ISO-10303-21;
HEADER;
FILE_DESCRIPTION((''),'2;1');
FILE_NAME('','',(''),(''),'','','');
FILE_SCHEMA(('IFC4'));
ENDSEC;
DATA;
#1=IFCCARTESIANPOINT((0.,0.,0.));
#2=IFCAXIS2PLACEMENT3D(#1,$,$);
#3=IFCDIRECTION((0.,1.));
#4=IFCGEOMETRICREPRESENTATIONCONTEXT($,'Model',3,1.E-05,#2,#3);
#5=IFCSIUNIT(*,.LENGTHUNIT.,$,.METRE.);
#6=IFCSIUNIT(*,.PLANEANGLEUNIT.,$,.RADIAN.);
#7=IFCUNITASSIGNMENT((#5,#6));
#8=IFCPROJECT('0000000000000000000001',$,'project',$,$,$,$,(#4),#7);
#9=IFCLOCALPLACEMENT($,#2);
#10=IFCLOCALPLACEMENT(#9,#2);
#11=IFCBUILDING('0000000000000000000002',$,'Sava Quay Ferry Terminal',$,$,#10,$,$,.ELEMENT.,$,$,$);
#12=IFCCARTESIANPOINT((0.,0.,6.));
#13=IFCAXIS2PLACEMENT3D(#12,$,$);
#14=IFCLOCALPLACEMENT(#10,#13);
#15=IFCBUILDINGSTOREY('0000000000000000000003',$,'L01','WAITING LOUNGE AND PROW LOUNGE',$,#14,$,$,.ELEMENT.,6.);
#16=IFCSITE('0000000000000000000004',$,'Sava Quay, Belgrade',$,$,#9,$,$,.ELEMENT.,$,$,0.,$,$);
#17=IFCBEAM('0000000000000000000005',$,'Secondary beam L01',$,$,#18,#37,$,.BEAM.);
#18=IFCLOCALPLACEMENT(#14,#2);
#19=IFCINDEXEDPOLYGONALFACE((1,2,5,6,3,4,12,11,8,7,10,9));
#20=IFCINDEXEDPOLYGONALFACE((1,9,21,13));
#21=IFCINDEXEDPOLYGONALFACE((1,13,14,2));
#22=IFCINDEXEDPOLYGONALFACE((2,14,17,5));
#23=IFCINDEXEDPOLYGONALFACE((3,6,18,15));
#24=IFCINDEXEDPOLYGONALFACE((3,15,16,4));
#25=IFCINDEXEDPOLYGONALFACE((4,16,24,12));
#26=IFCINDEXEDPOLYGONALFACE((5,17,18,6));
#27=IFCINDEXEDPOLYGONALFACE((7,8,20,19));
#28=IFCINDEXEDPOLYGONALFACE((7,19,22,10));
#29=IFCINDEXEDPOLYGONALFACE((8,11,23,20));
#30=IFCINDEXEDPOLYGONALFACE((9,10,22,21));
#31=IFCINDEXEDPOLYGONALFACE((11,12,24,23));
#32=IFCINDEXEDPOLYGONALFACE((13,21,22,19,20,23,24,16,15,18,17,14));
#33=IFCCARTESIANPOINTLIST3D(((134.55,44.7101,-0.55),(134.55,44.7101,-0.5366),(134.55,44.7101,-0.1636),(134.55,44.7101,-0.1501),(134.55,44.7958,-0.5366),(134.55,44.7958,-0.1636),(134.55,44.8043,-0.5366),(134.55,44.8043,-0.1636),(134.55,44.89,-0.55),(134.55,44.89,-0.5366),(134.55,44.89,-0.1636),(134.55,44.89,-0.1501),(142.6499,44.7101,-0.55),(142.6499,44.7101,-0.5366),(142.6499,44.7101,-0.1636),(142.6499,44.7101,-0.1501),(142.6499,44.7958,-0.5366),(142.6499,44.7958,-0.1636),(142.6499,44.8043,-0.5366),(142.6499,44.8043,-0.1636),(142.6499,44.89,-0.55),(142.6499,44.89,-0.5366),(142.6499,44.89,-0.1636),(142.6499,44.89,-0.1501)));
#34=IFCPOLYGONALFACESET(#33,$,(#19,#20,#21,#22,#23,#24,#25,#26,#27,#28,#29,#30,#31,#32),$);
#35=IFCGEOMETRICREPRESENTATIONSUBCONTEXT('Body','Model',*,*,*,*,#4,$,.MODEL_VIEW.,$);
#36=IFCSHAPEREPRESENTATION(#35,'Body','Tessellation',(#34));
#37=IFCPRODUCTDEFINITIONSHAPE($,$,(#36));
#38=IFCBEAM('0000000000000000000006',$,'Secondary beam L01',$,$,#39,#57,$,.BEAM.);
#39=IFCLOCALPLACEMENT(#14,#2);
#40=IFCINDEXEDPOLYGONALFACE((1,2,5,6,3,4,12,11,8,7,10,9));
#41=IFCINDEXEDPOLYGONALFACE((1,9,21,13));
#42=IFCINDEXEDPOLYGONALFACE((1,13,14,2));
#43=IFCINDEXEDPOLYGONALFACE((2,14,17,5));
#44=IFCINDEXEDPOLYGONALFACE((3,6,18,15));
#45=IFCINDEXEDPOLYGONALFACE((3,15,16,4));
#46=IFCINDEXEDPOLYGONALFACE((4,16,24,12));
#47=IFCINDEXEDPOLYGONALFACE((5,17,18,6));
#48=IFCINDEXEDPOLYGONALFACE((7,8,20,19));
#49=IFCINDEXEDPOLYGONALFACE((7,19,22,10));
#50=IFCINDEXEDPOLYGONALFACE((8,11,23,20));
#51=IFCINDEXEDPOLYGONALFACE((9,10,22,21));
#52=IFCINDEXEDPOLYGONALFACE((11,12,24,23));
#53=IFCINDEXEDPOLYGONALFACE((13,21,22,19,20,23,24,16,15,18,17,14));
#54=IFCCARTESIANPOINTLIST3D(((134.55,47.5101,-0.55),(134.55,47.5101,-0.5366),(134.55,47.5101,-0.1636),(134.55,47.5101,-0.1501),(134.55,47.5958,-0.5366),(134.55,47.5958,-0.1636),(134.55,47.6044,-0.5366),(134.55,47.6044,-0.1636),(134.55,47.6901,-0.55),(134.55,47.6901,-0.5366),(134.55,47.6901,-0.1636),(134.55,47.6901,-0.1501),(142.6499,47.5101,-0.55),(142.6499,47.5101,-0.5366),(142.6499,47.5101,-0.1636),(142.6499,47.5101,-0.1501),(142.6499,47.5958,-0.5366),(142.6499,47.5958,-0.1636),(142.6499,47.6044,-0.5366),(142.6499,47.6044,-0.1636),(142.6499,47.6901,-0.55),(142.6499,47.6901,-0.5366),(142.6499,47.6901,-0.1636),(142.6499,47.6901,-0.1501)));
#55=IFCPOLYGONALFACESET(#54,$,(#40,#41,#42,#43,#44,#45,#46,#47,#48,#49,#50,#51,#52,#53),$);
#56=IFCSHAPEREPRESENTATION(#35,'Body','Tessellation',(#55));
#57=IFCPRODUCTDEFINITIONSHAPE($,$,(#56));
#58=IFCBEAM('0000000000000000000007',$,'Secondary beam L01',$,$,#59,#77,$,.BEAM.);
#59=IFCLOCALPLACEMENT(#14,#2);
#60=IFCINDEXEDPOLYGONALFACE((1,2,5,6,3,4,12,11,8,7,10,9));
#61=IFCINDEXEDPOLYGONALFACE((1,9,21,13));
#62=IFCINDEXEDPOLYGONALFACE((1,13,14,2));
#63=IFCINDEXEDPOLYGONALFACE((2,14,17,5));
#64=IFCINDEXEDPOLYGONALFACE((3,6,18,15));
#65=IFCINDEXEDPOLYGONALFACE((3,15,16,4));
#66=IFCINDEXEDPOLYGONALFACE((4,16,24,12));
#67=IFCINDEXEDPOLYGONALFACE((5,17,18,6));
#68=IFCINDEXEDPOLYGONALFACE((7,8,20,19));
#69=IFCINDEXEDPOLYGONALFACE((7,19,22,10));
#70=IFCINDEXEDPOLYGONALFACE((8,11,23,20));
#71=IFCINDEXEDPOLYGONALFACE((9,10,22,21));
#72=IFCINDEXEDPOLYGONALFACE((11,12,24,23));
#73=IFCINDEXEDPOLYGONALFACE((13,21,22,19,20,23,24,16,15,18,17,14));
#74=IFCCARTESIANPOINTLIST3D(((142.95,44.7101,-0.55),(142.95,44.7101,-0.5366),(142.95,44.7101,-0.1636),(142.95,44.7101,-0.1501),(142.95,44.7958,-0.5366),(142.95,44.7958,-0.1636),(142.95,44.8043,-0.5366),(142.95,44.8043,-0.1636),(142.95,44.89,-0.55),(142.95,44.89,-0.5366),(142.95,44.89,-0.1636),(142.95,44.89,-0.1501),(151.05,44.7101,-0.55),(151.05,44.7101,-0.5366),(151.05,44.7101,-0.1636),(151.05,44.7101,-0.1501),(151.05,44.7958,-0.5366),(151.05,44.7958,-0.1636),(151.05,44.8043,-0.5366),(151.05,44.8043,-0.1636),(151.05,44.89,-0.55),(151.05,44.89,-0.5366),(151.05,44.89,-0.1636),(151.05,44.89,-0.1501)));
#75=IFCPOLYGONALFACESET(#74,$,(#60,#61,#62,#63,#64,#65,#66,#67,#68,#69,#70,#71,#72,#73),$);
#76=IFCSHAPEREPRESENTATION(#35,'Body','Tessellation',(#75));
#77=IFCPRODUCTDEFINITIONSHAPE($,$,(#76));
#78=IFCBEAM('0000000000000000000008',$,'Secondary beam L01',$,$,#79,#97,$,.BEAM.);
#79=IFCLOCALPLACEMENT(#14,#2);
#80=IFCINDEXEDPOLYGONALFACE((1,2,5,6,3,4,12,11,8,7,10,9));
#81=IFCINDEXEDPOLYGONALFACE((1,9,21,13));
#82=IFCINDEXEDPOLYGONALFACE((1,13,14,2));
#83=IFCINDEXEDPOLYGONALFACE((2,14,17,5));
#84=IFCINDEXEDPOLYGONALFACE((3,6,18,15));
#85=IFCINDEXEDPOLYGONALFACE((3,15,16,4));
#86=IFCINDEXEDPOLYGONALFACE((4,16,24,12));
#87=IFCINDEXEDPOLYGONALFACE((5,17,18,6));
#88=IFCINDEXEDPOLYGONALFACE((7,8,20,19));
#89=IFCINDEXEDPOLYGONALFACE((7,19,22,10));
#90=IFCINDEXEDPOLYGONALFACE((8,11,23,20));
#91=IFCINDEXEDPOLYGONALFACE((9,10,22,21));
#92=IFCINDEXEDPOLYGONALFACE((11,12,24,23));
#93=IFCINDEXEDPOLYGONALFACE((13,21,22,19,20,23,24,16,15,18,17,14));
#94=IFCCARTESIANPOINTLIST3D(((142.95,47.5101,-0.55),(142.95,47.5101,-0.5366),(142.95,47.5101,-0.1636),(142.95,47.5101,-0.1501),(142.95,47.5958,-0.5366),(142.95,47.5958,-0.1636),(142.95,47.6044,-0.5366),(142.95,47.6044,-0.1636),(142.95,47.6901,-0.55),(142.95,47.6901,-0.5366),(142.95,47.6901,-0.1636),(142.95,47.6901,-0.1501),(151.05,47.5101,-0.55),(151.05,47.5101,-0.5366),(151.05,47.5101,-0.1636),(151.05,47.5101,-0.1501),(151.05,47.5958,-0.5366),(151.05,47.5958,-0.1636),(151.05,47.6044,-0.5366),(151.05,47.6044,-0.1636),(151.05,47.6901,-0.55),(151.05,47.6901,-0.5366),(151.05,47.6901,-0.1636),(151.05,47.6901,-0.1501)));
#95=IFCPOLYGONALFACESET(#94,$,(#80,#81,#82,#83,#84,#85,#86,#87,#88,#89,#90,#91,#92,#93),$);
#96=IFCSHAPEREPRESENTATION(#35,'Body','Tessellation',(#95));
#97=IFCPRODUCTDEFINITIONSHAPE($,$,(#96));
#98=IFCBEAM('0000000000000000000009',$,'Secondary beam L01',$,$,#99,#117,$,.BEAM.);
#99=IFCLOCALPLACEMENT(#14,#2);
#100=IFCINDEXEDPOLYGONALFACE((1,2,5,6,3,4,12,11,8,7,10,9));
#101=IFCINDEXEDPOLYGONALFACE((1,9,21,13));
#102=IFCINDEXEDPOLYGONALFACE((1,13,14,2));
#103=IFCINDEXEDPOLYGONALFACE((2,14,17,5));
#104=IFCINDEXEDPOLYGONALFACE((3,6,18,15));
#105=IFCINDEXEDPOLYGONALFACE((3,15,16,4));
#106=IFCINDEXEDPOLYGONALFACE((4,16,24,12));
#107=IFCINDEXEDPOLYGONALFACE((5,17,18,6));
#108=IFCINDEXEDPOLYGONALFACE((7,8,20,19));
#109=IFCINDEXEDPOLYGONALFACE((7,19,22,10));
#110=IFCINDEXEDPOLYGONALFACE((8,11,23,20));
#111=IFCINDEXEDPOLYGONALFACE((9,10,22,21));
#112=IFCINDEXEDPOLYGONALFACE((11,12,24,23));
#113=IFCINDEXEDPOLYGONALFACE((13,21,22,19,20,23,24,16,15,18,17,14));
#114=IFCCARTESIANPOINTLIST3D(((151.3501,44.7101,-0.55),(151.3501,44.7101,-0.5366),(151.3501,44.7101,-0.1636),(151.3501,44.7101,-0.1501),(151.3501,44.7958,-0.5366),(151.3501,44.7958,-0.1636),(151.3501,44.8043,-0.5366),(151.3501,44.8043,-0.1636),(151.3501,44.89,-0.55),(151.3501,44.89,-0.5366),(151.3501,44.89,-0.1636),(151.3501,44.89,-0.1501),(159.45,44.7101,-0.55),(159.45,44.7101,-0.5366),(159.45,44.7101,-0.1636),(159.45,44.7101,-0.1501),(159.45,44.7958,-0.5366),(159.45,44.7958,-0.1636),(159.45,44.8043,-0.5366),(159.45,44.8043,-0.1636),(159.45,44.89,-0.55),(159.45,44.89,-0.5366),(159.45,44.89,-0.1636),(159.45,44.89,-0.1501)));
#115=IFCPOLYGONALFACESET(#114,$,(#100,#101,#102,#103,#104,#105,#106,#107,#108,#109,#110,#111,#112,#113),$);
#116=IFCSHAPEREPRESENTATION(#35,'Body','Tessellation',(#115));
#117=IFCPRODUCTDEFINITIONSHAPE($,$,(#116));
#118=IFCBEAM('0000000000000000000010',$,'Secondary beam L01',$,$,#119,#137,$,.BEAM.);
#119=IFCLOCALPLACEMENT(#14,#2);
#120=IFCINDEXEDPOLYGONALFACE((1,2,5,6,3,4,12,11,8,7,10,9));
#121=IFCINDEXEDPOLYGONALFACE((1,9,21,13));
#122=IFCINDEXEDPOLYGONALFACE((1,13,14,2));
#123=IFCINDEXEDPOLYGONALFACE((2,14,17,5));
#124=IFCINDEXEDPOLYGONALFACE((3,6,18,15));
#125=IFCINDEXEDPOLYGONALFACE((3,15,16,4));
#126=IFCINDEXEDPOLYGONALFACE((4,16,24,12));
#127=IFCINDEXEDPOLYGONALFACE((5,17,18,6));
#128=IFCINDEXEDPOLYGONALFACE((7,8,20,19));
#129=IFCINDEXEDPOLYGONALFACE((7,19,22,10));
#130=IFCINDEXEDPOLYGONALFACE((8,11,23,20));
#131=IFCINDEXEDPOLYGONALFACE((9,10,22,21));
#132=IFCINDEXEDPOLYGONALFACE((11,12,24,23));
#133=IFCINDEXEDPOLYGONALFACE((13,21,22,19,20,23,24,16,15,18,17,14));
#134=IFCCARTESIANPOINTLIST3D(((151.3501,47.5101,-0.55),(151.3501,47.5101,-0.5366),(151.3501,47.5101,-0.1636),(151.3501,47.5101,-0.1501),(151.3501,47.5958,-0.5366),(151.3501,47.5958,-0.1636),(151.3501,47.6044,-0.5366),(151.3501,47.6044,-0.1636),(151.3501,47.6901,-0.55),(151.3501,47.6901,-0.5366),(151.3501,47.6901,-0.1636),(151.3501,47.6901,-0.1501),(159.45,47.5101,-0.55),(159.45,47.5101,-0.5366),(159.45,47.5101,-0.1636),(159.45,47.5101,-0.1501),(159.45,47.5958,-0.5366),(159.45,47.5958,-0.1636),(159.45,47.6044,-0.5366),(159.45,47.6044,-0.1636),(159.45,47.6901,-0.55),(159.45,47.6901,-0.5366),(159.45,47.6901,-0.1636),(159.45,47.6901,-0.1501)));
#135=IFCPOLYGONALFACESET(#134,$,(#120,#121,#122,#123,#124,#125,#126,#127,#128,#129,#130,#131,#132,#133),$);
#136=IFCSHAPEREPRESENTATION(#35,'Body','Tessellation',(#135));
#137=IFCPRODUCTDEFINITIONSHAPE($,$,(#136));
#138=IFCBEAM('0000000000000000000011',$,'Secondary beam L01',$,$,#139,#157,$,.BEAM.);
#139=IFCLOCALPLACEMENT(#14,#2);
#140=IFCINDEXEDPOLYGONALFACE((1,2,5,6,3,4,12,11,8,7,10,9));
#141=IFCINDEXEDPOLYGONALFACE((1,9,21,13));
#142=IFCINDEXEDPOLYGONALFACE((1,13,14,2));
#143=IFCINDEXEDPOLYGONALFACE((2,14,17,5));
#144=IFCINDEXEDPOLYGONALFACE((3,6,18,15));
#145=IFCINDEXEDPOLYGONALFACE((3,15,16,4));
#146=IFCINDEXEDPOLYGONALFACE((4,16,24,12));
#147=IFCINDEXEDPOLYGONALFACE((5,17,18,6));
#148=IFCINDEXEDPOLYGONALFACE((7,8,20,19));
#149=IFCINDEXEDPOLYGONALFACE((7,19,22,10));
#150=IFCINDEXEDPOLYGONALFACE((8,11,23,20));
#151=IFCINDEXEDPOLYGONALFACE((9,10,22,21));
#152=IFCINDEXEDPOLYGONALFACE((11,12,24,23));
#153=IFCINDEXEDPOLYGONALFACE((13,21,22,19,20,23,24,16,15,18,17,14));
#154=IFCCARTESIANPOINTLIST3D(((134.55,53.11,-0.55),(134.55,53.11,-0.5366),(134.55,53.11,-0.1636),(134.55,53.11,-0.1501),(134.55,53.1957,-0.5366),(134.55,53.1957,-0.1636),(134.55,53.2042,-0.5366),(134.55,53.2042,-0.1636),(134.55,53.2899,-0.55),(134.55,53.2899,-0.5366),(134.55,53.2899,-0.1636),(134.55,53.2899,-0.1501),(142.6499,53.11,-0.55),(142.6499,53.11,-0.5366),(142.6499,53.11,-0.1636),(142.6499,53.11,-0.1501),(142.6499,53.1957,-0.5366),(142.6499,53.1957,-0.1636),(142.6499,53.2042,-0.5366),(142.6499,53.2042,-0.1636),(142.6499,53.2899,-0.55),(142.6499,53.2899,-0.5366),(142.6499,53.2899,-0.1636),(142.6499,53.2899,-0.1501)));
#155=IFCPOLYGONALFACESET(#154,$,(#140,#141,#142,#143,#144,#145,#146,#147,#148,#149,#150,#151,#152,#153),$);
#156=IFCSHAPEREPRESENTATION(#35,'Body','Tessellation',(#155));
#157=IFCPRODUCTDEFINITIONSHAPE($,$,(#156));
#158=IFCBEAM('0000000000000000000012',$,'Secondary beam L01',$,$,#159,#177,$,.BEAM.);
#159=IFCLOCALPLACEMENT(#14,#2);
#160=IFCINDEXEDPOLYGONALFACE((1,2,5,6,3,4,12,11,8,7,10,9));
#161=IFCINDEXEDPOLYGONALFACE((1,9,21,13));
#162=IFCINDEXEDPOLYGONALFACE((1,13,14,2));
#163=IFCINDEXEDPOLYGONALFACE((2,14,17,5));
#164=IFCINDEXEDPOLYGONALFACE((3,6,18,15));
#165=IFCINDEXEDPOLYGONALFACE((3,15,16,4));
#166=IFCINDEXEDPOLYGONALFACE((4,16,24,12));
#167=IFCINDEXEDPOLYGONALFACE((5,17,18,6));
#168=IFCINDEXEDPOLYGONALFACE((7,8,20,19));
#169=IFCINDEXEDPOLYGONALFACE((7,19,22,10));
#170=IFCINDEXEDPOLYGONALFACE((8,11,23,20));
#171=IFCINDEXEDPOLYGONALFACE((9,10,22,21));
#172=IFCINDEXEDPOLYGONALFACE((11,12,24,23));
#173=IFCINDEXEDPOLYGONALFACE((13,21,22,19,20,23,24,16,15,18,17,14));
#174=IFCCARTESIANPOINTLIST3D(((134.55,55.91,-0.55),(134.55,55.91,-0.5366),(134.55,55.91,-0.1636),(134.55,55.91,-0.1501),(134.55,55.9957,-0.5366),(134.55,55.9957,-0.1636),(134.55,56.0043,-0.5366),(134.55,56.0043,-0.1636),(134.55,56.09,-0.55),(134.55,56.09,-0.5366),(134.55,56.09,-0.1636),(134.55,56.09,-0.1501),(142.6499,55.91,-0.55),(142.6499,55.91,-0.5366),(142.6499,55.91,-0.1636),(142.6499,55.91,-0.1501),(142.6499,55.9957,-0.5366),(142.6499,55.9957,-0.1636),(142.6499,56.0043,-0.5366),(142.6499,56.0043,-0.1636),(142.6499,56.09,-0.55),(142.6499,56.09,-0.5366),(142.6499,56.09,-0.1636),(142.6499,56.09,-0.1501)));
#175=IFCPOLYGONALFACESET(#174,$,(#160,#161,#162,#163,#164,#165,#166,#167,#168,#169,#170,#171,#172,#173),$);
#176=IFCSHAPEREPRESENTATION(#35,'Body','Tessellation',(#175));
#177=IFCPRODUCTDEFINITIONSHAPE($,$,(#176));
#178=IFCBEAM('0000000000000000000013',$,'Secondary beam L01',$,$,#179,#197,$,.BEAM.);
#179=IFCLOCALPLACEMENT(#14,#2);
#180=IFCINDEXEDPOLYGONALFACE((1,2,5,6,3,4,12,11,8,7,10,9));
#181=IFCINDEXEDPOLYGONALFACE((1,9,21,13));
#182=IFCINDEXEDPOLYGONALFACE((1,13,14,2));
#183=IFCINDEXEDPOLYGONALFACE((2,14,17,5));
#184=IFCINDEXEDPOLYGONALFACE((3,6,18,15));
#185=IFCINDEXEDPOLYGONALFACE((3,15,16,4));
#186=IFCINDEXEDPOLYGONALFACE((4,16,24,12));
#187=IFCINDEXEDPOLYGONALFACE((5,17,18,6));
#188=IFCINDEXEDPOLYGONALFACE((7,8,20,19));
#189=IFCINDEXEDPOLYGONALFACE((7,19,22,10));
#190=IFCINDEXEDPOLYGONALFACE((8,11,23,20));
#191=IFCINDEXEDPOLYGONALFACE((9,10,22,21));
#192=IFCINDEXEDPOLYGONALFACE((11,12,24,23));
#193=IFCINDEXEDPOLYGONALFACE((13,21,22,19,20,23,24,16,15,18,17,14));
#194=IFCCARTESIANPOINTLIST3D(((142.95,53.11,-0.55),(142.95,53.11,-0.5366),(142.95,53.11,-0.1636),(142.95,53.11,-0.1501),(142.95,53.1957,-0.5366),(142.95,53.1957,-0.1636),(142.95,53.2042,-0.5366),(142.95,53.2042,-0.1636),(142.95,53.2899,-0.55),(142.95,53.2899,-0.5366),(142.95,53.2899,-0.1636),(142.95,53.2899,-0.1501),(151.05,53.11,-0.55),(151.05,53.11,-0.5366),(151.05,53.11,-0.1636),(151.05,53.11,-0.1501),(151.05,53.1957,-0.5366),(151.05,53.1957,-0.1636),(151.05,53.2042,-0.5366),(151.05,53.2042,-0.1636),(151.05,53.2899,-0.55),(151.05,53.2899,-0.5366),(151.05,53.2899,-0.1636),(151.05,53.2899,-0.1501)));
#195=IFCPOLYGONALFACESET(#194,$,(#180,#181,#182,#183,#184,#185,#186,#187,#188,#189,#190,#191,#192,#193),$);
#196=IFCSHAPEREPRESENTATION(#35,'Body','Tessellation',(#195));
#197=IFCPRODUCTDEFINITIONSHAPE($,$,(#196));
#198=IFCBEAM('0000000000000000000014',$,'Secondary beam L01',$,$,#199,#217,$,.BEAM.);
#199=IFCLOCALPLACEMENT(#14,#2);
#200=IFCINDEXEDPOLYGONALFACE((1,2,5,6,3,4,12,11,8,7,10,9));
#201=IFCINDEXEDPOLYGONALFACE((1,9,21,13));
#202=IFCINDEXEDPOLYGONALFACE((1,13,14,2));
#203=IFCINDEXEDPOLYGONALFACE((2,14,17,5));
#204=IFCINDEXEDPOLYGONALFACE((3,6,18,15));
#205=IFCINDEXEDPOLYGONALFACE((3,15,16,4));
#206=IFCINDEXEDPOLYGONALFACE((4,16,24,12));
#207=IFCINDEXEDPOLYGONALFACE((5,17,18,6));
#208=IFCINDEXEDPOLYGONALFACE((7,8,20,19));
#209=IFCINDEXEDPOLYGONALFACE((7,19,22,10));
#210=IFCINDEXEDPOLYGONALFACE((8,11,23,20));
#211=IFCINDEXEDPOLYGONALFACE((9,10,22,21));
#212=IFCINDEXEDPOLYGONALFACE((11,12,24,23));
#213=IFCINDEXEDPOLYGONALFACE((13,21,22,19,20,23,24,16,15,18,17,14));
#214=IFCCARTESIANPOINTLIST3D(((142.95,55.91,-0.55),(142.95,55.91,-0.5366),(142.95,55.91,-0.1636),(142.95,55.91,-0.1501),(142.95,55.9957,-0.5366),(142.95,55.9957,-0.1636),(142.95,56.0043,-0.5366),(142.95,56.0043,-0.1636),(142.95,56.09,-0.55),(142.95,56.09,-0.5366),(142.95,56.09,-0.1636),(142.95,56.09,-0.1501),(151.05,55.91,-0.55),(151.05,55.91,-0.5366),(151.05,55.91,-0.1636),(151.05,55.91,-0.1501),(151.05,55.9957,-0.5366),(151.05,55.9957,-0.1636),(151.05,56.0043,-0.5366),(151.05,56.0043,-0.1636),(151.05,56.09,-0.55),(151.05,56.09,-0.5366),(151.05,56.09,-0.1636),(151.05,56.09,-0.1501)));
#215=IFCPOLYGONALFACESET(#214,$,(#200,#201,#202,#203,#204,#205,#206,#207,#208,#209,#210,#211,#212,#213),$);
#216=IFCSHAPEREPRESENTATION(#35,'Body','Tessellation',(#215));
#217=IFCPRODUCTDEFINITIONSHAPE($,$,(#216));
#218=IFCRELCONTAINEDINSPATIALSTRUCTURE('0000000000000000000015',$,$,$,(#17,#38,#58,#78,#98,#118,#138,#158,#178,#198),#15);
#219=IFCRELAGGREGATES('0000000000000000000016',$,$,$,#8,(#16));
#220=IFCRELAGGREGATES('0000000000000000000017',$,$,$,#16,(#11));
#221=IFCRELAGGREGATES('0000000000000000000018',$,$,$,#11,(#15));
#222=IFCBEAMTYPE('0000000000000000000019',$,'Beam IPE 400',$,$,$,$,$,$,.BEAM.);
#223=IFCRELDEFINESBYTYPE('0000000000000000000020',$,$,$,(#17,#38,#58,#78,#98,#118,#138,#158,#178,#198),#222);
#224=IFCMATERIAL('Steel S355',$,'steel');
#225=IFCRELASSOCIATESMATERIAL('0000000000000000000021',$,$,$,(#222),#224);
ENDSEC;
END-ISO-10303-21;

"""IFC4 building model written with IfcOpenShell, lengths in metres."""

from ifc_helpers import new_model, si_unit, direction, frame, origin, origin_2d, place, context, subcontext, project, spatial, i_section, extrude, material, material_profile, profile_set, type_object, element, save


model = new_model("IFC4")

# Units and contexts
model_context = context("Model", 3, precision=1e-05, world=origin(), true_north=direction((0.0, 1.0)))
body_context = subcontext(model_context, "Body", "Model", "MODEL_VIEW")
ifc_project = project(units=[si_unit("LENGTHUNIT", "METRE"), si_unit("PLANEANGLEUNIT", "RADIAN")], contexts=[model_context])

# Site, building, storey
site_placement = place(None, origin())
site = spatial("IfcSite", under=ifc_project, at=site_placement, Name="Sava Quay, Belgrade", CompositionType="ELEMENT", RefElevation=0.0)
building_placement = place(site_placement, origin())
building = spatial("IfcBuilding", under=site, at=building_placement, Name="Sava Quay Ferry Terminal", CompositionType="ELEMENT")
storey_placement = place(building_placement, frame((0.0, 0.0, 6.0)))
storey = spatial("IfcBuildingStorey", under=building, at=storey_placement, Name="L01", Description="WAITING LOUNGE AND PROW LOUNGE", CompositionType="ELEMENT", Elevation=6.0)

# Beams
ifc_material_1 = material(Name="Steel S355", Category="steel")
ifc_material_profile_1 = material_profile(ifc_material_1, i_section(OverallWidth=0.1799, OverallDepth=0.3999, WebThickness=0.0085, FlangeThickness=0.0134, at=origin_2d()), Name="IPE 400")
ifc_profile_set_1 = profile_set([ifc_material_profile_1], Name="Steel S355")
beam_type_1 = type_object("IfcBeamType", Name="Beam IPE 400", PredefinedType="BEAM", material=ifc_profile_set_1)
for number, where, z_axis, x_axis, name in (
    (1, (134.55, 44.8, -0.3501), (1.0, 0.0, 0.0), (0.0, 1.0, 0.0), "Secondary beam L01"),
    (2, (134.55, 47.6001, -0.3501), (1.0, 0.0, 0.0), (0.0, 1.0, 0.0), "Secondary beam L01"),
):
    element("IfcBeam", number, at=place(storey_placement, frame(where, z_axis=z_axis, x_axis=x_axis)), inside=storey, type_object=beam_type_1, Name=name, PredefinedType="BEAM", context=body_context, shape_type="SweptSolid", body=[
        extrude(i_section(OverallWidth=0.1799, OverallDepth=0.3999, WebThickness=0.0085, FlangeThickness=0.0134, at=origin_2d()), origin(), (0.0, 0.0, 1.0), 8.0999),
    ])
for number, where, z_axis, x_axis, name in (
    (3, (142.95, 44.8, -0.3501), (1.0, 0.0, 0.0), (0.0, 1.0, 0.0), "Secondary beam L01"),
    (4, (142.95, 47.6001, -0.3501), (1.0, 0.0, 0.0), (0.0, 1.0, 0.0), "Secondary beam L01"),
):
    element("IfcBeam", number, at=place(storey_placement, frame(where, z_axis=z_axis, x_axis=x_axis)), inside=storey, type_object=beam_type_1, Name=name, PredefinedType="BEAM", context=body_context, shape_type="SweptSolid", body=[
        extrude(i_section(OverallWidth=0.1799, OverallDepth=0.3999, WebThickness=0.0085, FlangeThickness=0.0134, at=origin_2d()), origin(), (0.0, 0.0, 1.0), 8.1001),
    ])
for number, where, z_axis, x_axis, name in (
    (5, (151.3501, 44.8, -0.3501), (1.0, 0.0, 0.0), (0.0, 1.0, 0.0), "Secondary beam L01"),
    (6, (151.3501, 47.6001, -0.3501), (1.0, 0.0, 0.0), (0.0, 1.0, 0.0), "Secondary beam L01"),
    (7, (134.55, 53.2, -0.3501), (1.0, 0.0, 0.0), (0.0, 1.0, 0.0), "Secondary beam L01"),
    (8, (134.55, 56.0, -0.3501), (1.0, 0.0, 0.0), (0.0, 1.0, 0.0), "Secondary beam L01"),
):
    element("IfcBeam", number, at=place(storey_placement, frame(where, z_axis=z_axis, x_axis=x_axis)), inside=storey, type_object=beam_type_1, Name=name, PredefinedType="BEAM", context=body_context, shape_type="SweptSolid", body=[
        extrude(i_section(OverallWidth=0.1799, OverallDepth=0.3999, WebThickness=0.0085, FlangeThickness=0.0134, at=origin_2d()), origin(), (0.0, 0.0, 1.0), 8.0999),
    ])
for number, where, z_axis, x_axis, name in (
    (9, (142.95, 53.2, -0.3501), (1.0, 0.0, 0.0), (0.0, 1.0, 0.0), "Secondary beam L01"),
    (10, (142.95, 56.0, -0.3501), (1.0, 0.0, 0.0), (0.0, 1.0, 0.0), "Secondary beam L01"),
):
    element("IfcBeam", number, at=place(storey_placement, frame(where, z_axis=z_axis, x_axis=x_axis)), inside=storey, type_object=beam_type_1, Name=name, PredefinedType="BEAM", context=body_context, shape_type="SweptSolid", body=[
        extrude(i_section(OverallWidth=0.1799, OverallDepth=0.3999, WebThickness=0.0085, FlangeThickness=0.0134, at=origin_2d()), origin(), (0.0, 0.0, 1.0), 8.1001),
    ])

save(model, "model.ifc")
